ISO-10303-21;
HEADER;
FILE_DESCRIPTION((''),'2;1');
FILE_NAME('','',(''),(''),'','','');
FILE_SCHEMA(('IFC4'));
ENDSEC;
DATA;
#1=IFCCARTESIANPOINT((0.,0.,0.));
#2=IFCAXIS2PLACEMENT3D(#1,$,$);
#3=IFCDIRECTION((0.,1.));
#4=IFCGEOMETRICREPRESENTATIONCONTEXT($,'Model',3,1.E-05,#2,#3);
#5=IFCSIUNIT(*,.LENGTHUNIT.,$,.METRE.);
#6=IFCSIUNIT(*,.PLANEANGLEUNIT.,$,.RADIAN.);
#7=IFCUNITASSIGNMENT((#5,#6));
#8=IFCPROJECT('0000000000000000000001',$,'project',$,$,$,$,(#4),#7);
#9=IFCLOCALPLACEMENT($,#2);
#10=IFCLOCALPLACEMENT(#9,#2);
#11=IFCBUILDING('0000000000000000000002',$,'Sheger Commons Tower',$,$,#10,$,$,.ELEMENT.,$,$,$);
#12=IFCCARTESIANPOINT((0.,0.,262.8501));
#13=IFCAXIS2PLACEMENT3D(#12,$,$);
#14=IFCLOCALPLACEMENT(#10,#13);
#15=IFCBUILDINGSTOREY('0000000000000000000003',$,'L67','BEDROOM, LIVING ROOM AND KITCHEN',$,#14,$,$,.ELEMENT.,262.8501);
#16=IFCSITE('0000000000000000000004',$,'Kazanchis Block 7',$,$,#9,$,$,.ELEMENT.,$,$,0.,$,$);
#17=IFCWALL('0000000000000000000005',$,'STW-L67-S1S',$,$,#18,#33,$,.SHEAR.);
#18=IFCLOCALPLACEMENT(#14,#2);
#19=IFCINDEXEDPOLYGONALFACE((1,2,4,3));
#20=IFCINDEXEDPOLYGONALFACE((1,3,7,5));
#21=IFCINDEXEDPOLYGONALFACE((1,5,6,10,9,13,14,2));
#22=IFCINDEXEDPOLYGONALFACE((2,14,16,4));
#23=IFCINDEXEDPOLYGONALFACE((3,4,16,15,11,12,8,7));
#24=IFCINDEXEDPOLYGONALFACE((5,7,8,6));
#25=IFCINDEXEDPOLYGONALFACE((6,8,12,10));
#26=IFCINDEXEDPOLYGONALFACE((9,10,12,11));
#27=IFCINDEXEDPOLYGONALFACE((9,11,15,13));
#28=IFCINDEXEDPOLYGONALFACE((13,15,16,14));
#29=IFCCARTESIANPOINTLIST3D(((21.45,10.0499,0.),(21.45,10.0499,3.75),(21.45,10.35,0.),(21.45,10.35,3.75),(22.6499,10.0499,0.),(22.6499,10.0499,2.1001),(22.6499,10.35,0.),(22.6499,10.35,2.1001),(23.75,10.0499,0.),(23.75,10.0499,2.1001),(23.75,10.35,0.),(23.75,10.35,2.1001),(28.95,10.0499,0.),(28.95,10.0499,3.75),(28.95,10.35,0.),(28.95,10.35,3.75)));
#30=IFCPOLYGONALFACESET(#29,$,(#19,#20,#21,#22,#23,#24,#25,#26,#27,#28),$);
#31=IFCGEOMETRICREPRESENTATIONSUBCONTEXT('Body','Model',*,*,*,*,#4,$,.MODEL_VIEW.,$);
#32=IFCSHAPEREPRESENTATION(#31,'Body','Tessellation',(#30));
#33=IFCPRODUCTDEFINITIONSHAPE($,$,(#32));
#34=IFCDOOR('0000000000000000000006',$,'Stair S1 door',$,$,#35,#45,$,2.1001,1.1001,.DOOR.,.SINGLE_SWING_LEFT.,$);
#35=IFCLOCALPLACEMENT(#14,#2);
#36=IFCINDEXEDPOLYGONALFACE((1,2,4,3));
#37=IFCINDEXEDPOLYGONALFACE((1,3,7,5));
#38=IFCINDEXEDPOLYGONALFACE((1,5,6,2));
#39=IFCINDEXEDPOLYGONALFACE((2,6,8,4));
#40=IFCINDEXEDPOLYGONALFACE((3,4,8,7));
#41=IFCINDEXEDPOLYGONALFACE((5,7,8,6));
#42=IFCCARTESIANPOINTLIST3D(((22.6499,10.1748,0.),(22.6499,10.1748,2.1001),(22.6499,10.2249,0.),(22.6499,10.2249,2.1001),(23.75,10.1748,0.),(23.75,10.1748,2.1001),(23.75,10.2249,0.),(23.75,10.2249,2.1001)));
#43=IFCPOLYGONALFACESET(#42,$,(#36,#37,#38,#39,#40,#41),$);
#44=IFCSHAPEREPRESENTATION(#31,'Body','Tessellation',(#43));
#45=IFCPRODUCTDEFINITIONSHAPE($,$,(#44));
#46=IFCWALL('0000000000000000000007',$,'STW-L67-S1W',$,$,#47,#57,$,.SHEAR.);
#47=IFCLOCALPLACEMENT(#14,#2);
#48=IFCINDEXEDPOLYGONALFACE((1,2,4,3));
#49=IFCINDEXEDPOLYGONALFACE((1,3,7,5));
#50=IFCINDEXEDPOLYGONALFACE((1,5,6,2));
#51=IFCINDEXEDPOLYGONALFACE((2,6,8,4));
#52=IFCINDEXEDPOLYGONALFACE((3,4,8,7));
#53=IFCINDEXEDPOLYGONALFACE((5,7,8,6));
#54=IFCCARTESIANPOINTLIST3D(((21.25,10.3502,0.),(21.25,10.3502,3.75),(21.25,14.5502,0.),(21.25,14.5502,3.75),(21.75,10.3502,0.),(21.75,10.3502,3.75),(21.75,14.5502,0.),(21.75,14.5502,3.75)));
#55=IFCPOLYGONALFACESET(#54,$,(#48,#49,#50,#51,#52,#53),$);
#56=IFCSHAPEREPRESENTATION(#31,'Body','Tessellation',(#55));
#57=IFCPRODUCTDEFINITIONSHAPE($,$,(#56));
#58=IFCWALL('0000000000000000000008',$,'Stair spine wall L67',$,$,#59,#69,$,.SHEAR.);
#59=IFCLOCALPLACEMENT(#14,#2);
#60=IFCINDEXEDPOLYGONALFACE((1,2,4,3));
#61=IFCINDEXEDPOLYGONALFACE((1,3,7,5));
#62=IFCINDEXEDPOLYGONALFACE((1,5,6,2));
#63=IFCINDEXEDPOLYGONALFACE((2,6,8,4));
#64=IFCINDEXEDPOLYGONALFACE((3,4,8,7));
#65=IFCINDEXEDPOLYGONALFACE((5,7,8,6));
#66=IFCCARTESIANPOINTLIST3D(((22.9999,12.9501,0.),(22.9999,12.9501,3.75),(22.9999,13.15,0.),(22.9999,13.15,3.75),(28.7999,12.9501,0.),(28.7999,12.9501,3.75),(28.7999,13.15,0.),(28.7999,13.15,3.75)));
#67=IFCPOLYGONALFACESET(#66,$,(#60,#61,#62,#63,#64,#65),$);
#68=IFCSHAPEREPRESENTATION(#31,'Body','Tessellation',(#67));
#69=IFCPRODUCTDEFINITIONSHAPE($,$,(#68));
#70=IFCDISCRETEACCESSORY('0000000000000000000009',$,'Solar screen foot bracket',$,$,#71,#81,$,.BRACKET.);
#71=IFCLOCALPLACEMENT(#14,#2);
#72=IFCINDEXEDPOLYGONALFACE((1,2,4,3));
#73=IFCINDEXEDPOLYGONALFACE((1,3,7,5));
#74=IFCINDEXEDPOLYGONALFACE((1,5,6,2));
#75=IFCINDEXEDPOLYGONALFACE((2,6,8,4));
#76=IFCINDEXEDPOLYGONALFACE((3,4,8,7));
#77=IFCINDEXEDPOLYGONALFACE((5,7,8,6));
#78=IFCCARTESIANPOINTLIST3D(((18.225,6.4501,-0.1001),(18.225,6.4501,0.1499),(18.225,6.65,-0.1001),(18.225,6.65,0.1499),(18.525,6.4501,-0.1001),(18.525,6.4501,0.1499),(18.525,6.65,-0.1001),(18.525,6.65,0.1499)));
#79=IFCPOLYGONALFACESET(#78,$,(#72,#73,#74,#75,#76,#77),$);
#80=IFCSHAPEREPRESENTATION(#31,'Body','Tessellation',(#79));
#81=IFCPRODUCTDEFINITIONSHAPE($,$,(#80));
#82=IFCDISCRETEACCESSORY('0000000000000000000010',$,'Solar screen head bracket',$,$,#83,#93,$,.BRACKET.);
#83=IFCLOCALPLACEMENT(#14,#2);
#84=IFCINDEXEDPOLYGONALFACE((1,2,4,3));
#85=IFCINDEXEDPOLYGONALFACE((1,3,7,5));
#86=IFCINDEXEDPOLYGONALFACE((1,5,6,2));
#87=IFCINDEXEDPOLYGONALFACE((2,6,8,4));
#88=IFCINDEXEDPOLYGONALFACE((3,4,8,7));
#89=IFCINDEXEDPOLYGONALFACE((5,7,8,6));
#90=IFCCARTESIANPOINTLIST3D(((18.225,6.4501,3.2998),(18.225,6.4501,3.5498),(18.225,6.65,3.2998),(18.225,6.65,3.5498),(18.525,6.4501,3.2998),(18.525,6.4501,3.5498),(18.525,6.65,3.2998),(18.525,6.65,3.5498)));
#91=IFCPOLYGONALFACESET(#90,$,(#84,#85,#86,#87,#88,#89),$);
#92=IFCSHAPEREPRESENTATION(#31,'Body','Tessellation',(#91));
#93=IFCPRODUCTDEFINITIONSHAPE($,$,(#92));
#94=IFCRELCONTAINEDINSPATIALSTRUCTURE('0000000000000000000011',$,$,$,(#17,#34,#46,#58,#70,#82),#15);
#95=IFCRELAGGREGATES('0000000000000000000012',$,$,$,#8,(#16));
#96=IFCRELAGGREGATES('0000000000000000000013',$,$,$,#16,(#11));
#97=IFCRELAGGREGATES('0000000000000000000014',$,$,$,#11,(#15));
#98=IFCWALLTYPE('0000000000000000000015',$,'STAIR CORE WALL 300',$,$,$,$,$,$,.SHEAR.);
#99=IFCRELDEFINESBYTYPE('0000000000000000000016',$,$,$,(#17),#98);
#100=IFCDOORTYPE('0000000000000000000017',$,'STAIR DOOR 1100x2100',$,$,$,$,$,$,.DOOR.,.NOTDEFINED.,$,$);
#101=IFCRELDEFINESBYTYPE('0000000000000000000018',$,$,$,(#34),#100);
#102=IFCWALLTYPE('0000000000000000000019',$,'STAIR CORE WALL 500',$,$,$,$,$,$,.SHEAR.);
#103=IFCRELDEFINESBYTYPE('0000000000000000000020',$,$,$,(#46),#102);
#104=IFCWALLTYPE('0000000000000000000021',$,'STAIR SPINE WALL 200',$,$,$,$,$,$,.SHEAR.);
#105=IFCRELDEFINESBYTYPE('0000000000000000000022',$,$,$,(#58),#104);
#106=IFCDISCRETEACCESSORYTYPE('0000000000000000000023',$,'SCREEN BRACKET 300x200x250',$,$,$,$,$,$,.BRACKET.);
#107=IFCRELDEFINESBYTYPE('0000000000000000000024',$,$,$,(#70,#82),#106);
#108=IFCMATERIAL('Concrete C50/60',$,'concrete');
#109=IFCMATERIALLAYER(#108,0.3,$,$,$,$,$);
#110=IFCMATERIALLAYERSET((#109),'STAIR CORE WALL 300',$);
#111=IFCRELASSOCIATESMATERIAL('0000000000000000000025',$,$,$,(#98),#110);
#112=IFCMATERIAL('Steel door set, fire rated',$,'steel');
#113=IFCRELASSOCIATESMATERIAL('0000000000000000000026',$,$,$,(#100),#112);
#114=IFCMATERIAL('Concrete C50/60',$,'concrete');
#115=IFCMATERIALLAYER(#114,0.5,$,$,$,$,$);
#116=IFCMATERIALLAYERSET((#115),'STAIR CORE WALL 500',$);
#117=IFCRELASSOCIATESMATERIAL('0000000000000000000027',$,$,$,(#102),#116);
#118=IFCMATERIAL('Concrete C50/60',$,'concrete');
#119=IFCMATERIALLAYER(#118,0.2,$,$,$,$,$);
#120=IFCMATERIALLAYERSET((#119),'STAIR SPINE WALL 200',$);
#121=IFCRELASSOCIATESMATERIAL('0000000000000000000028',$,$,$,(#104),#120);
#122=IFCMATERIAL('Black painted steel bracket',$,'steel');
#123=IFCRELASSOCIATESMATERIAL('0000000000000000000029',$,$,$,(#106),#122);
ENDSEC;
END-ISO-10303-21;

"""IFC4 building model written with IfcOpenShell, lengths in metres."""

from ifc_helpers import new_model, si_unit, direction, frame, frame_2d, origin, origin_2d, place, context, subcontext, project, spatial, rectangle, extrude, material, layer, layer_set, type_object, element, fill, save


model = new_model("IFC4")

# Units and contexts
model_context = context("Model", 3, precision=1e-05, world=origin(), true_north=direction((0.0, 1.0)))
body_context = subcontext(model_context, "Body", "Model", "MODEL_VIEW")
ifc_project = project(units=[si_unit("LENGTHUNIT", "METRE"), si_unit("PLANEANGLEUNIT", "RADIAN")], contexts=[model_context])

# Site, building, storey
site_placement = place(None, origin())
site = spatial("IfcSite", under=ifc_project, at=site_placement, Name="Kazanchis Block 7", CompositionType="ELEMENT", RefElevation=0.0)
building_placement = place(site_placement, origin())
building = spatial("IfcBuilding", under=site, at=building_placement, Name="Sheger Commons Tower", CompositionType="ELEMENT")
storey_placement = place(building_placement, frame((0.0, 0.0, 262.8501)))
storey = spatial("IfcBuildingStorey", under=building, at=storey_placement, Name="L67", Description="BEDROOM, LIVING ROOM AND KITCHEN", CompositionType="ELEMENT", Elevation=262.8501)

# Wall, opening, door
ifc_material_1 = material(Name="Concrete C50/60", Category="concrete")
ifc_layer_1 = layer(ifc_material_1, 0.3)
ifc_layer_set_1 = layer_set([ifc_layer_1], Name="STAIR CORE WALL 300")
wall_type_1 = type_object("IfcWallType", Name="STAIR CORE WALL 300", PredefinedType="SHEAR", material=ifc_layer_set_1)
wall_1_placement = place(storey_placement, frame((21.45, 10.2, 0.0), z_axis=(0.0, 0.0, 1.0), x_axis=(1.0, 0.0, 0.0)))
wall_1 = element("IfcWall", 1, at=wall_1_placement, inside=storey, type_object=wall_type_1, Name="STW-L67-S1S", PredefinedType="SHEAR", context=body_context, shape_type="SweptSolid", body=[
    extrude(rectangle(XDim=7.5, YDim=0.3, at=frame_2d((3.75, 0.0))), origin(), (0.0, 0.0, 1.0), 3.75),
])
opening_placement = place(wall_1_placement, frame((1.2, 0.0, 0.0)))
opening = element("IfcOpeningElement", 2, at=opening_placement, cuts=wall_1, PredefinedType="OPENING", context=body_context, shape_type="SweptSolid", body=[
    extrude(rectangle(XDim=1.1001, YDim=2.1001, at=frame_2d((0.55, 1.05))), frame((0.0, 0.1599, 0.0), z_axis=(0.0, -1.0, 0.0), x_axis=(1.0, 0.0, 0.0)), (0.0, 0.0, 1.0), 0.3201),
])
ifc_material_2 = material(Name="Steel door set, fire rated", Category="steel")
door_type = type_object("IfcDoorType", Name="STAIR DOOR 1100x2100", OperationType="NOTDEFINED", PredefinedType="DOOR", material=ifc_material_2)
door_placement = place(opening_placement, origin())
door = element("IfcDoor", 3, at=door_placement, inside=storey, type_object=door_type, Name="Stair S1 door", OperationType="SINGLE_SWING_LEFT", OverallHeight=2.1001, OverallWidth=1.1001, PredefinedType="DOOR", context=body_context, shape_type="SweptSolid", body=[
    extrude(rectangle(XDim=1.1001, YDim=2.1001, at=frame_2d((0.55, 1.05))), frame((0.0, 0.0249, 0.0), z_axis=(0.0, -1.0, 0.0), x_axis=(1.0, 0.0, 0.0)), (0.0, 0.0, 1.0), 0.05),
])
fill(opening, door)

# Walls
ifc_material_3 = material(Name="Concrete C50/60", Category="concrete")
ifc_layer_2 = layer(ifc_material_3, 0.5)
ifc_layer_set_2 = layer_set([ifc_layer_2], Name="STAIR CORE WALL 500")
wall_type_2 = type_object("IfcWallType", Name="STAIR CORE WALL 500", PredefinedType="SHEAR", material=ifc_layer_set_2)
wall_2_placement = place(storey_placement, frame((21.5, 10.3501, 0.0), z_axis=(0.0, 0.0, 1.0), x_axis=(0.0, 1.0, 0.0)))
element("IfcWall", 4, at=wall_2_placement, inside=storey, type_object=wall_type_2, Name="STW-L67-S1W", PredefinedType="SHEAR", context=body_context, shape_type="SweptSolid", body=[
    extrude(rectangle(XDim=4.2, YDim=0.5, at=frame_2d((2.1001, 0.0))), origin(), (0.0, 0.0, 1.0), 3.75),
])
ifc_material_4 = material(Name="Concrete C50/60", Category="concrete")
ifc_layer_3 = layer(ifc_material_4, 0.2)
ifc_layer_set_3 = layer_set([ifc_layer_3], Name="STAIR SPINE WALL 200")
wall_type_3 = type_object("IfcWallType", Name="STAIR SPINE WALL 200", PredefinedType="SHEAR", material=ifc_layer_set_3)
wall_3_placement = place(storey_placement, frame((23.0, 13.05, 0.0), z_axis=(0.0, 0.0, 1.0), x_axis=(1.0, 0.0, 0.0)))
element("IfcWall", 5, at=wall_3_placement, inside=storey, type_object=wall_type_3, Name="Stair spine wall L67", PredefinedType="SHEAR", context=body_context, shape_type="SweptSolid", body=[
    extrude(rectangle(XDim=5.8, YDim=0.2, at=frame_2d((2.8999, 0.0))), origin(), (0.0, 0.0, 1.0), 3.75),
])

# Discrete accessories
ifc_material_5 = material(Name="Black painted steel bracket", Category="steel")
discrete_accessory_type = type_object("IfcDiscreteAccessoryType", Name="SCREEN BRACKET 300x200x250", PredefinedType="BRACKET", material=ifc_material_5)
for number, where, z_axis, x_axis, name in (
    (6, (18.375, 6.55, -0.1001), (0.0, 0.0, 1.0), (1.0, 0.0, 0.0), "Solar screen foot bracket"),
    (7, (18.375, 6.55, 3.2998), (0.0, 0.0, 1.0), (1.0, 0.0, 0.0), "Solar screen head bracket"),
):
    element("IfcDiscreteAccessory", number, at=place(storey_placement, frame(where, z_axis=z_axis, x_axis=x_axis)), inside=storey, type_object=discrete_accessory_type, Name=name, PredefinedType="BRACKET", context=body_context, shape_type="SweptSolid", body=[
        extrude(rectangle(XDim=0.3, YDim=0.2, at=origin_2d()), origin(), (0.0, 0.0, 1.0), 0.25),
    ])

save(model, "model.ifc")
